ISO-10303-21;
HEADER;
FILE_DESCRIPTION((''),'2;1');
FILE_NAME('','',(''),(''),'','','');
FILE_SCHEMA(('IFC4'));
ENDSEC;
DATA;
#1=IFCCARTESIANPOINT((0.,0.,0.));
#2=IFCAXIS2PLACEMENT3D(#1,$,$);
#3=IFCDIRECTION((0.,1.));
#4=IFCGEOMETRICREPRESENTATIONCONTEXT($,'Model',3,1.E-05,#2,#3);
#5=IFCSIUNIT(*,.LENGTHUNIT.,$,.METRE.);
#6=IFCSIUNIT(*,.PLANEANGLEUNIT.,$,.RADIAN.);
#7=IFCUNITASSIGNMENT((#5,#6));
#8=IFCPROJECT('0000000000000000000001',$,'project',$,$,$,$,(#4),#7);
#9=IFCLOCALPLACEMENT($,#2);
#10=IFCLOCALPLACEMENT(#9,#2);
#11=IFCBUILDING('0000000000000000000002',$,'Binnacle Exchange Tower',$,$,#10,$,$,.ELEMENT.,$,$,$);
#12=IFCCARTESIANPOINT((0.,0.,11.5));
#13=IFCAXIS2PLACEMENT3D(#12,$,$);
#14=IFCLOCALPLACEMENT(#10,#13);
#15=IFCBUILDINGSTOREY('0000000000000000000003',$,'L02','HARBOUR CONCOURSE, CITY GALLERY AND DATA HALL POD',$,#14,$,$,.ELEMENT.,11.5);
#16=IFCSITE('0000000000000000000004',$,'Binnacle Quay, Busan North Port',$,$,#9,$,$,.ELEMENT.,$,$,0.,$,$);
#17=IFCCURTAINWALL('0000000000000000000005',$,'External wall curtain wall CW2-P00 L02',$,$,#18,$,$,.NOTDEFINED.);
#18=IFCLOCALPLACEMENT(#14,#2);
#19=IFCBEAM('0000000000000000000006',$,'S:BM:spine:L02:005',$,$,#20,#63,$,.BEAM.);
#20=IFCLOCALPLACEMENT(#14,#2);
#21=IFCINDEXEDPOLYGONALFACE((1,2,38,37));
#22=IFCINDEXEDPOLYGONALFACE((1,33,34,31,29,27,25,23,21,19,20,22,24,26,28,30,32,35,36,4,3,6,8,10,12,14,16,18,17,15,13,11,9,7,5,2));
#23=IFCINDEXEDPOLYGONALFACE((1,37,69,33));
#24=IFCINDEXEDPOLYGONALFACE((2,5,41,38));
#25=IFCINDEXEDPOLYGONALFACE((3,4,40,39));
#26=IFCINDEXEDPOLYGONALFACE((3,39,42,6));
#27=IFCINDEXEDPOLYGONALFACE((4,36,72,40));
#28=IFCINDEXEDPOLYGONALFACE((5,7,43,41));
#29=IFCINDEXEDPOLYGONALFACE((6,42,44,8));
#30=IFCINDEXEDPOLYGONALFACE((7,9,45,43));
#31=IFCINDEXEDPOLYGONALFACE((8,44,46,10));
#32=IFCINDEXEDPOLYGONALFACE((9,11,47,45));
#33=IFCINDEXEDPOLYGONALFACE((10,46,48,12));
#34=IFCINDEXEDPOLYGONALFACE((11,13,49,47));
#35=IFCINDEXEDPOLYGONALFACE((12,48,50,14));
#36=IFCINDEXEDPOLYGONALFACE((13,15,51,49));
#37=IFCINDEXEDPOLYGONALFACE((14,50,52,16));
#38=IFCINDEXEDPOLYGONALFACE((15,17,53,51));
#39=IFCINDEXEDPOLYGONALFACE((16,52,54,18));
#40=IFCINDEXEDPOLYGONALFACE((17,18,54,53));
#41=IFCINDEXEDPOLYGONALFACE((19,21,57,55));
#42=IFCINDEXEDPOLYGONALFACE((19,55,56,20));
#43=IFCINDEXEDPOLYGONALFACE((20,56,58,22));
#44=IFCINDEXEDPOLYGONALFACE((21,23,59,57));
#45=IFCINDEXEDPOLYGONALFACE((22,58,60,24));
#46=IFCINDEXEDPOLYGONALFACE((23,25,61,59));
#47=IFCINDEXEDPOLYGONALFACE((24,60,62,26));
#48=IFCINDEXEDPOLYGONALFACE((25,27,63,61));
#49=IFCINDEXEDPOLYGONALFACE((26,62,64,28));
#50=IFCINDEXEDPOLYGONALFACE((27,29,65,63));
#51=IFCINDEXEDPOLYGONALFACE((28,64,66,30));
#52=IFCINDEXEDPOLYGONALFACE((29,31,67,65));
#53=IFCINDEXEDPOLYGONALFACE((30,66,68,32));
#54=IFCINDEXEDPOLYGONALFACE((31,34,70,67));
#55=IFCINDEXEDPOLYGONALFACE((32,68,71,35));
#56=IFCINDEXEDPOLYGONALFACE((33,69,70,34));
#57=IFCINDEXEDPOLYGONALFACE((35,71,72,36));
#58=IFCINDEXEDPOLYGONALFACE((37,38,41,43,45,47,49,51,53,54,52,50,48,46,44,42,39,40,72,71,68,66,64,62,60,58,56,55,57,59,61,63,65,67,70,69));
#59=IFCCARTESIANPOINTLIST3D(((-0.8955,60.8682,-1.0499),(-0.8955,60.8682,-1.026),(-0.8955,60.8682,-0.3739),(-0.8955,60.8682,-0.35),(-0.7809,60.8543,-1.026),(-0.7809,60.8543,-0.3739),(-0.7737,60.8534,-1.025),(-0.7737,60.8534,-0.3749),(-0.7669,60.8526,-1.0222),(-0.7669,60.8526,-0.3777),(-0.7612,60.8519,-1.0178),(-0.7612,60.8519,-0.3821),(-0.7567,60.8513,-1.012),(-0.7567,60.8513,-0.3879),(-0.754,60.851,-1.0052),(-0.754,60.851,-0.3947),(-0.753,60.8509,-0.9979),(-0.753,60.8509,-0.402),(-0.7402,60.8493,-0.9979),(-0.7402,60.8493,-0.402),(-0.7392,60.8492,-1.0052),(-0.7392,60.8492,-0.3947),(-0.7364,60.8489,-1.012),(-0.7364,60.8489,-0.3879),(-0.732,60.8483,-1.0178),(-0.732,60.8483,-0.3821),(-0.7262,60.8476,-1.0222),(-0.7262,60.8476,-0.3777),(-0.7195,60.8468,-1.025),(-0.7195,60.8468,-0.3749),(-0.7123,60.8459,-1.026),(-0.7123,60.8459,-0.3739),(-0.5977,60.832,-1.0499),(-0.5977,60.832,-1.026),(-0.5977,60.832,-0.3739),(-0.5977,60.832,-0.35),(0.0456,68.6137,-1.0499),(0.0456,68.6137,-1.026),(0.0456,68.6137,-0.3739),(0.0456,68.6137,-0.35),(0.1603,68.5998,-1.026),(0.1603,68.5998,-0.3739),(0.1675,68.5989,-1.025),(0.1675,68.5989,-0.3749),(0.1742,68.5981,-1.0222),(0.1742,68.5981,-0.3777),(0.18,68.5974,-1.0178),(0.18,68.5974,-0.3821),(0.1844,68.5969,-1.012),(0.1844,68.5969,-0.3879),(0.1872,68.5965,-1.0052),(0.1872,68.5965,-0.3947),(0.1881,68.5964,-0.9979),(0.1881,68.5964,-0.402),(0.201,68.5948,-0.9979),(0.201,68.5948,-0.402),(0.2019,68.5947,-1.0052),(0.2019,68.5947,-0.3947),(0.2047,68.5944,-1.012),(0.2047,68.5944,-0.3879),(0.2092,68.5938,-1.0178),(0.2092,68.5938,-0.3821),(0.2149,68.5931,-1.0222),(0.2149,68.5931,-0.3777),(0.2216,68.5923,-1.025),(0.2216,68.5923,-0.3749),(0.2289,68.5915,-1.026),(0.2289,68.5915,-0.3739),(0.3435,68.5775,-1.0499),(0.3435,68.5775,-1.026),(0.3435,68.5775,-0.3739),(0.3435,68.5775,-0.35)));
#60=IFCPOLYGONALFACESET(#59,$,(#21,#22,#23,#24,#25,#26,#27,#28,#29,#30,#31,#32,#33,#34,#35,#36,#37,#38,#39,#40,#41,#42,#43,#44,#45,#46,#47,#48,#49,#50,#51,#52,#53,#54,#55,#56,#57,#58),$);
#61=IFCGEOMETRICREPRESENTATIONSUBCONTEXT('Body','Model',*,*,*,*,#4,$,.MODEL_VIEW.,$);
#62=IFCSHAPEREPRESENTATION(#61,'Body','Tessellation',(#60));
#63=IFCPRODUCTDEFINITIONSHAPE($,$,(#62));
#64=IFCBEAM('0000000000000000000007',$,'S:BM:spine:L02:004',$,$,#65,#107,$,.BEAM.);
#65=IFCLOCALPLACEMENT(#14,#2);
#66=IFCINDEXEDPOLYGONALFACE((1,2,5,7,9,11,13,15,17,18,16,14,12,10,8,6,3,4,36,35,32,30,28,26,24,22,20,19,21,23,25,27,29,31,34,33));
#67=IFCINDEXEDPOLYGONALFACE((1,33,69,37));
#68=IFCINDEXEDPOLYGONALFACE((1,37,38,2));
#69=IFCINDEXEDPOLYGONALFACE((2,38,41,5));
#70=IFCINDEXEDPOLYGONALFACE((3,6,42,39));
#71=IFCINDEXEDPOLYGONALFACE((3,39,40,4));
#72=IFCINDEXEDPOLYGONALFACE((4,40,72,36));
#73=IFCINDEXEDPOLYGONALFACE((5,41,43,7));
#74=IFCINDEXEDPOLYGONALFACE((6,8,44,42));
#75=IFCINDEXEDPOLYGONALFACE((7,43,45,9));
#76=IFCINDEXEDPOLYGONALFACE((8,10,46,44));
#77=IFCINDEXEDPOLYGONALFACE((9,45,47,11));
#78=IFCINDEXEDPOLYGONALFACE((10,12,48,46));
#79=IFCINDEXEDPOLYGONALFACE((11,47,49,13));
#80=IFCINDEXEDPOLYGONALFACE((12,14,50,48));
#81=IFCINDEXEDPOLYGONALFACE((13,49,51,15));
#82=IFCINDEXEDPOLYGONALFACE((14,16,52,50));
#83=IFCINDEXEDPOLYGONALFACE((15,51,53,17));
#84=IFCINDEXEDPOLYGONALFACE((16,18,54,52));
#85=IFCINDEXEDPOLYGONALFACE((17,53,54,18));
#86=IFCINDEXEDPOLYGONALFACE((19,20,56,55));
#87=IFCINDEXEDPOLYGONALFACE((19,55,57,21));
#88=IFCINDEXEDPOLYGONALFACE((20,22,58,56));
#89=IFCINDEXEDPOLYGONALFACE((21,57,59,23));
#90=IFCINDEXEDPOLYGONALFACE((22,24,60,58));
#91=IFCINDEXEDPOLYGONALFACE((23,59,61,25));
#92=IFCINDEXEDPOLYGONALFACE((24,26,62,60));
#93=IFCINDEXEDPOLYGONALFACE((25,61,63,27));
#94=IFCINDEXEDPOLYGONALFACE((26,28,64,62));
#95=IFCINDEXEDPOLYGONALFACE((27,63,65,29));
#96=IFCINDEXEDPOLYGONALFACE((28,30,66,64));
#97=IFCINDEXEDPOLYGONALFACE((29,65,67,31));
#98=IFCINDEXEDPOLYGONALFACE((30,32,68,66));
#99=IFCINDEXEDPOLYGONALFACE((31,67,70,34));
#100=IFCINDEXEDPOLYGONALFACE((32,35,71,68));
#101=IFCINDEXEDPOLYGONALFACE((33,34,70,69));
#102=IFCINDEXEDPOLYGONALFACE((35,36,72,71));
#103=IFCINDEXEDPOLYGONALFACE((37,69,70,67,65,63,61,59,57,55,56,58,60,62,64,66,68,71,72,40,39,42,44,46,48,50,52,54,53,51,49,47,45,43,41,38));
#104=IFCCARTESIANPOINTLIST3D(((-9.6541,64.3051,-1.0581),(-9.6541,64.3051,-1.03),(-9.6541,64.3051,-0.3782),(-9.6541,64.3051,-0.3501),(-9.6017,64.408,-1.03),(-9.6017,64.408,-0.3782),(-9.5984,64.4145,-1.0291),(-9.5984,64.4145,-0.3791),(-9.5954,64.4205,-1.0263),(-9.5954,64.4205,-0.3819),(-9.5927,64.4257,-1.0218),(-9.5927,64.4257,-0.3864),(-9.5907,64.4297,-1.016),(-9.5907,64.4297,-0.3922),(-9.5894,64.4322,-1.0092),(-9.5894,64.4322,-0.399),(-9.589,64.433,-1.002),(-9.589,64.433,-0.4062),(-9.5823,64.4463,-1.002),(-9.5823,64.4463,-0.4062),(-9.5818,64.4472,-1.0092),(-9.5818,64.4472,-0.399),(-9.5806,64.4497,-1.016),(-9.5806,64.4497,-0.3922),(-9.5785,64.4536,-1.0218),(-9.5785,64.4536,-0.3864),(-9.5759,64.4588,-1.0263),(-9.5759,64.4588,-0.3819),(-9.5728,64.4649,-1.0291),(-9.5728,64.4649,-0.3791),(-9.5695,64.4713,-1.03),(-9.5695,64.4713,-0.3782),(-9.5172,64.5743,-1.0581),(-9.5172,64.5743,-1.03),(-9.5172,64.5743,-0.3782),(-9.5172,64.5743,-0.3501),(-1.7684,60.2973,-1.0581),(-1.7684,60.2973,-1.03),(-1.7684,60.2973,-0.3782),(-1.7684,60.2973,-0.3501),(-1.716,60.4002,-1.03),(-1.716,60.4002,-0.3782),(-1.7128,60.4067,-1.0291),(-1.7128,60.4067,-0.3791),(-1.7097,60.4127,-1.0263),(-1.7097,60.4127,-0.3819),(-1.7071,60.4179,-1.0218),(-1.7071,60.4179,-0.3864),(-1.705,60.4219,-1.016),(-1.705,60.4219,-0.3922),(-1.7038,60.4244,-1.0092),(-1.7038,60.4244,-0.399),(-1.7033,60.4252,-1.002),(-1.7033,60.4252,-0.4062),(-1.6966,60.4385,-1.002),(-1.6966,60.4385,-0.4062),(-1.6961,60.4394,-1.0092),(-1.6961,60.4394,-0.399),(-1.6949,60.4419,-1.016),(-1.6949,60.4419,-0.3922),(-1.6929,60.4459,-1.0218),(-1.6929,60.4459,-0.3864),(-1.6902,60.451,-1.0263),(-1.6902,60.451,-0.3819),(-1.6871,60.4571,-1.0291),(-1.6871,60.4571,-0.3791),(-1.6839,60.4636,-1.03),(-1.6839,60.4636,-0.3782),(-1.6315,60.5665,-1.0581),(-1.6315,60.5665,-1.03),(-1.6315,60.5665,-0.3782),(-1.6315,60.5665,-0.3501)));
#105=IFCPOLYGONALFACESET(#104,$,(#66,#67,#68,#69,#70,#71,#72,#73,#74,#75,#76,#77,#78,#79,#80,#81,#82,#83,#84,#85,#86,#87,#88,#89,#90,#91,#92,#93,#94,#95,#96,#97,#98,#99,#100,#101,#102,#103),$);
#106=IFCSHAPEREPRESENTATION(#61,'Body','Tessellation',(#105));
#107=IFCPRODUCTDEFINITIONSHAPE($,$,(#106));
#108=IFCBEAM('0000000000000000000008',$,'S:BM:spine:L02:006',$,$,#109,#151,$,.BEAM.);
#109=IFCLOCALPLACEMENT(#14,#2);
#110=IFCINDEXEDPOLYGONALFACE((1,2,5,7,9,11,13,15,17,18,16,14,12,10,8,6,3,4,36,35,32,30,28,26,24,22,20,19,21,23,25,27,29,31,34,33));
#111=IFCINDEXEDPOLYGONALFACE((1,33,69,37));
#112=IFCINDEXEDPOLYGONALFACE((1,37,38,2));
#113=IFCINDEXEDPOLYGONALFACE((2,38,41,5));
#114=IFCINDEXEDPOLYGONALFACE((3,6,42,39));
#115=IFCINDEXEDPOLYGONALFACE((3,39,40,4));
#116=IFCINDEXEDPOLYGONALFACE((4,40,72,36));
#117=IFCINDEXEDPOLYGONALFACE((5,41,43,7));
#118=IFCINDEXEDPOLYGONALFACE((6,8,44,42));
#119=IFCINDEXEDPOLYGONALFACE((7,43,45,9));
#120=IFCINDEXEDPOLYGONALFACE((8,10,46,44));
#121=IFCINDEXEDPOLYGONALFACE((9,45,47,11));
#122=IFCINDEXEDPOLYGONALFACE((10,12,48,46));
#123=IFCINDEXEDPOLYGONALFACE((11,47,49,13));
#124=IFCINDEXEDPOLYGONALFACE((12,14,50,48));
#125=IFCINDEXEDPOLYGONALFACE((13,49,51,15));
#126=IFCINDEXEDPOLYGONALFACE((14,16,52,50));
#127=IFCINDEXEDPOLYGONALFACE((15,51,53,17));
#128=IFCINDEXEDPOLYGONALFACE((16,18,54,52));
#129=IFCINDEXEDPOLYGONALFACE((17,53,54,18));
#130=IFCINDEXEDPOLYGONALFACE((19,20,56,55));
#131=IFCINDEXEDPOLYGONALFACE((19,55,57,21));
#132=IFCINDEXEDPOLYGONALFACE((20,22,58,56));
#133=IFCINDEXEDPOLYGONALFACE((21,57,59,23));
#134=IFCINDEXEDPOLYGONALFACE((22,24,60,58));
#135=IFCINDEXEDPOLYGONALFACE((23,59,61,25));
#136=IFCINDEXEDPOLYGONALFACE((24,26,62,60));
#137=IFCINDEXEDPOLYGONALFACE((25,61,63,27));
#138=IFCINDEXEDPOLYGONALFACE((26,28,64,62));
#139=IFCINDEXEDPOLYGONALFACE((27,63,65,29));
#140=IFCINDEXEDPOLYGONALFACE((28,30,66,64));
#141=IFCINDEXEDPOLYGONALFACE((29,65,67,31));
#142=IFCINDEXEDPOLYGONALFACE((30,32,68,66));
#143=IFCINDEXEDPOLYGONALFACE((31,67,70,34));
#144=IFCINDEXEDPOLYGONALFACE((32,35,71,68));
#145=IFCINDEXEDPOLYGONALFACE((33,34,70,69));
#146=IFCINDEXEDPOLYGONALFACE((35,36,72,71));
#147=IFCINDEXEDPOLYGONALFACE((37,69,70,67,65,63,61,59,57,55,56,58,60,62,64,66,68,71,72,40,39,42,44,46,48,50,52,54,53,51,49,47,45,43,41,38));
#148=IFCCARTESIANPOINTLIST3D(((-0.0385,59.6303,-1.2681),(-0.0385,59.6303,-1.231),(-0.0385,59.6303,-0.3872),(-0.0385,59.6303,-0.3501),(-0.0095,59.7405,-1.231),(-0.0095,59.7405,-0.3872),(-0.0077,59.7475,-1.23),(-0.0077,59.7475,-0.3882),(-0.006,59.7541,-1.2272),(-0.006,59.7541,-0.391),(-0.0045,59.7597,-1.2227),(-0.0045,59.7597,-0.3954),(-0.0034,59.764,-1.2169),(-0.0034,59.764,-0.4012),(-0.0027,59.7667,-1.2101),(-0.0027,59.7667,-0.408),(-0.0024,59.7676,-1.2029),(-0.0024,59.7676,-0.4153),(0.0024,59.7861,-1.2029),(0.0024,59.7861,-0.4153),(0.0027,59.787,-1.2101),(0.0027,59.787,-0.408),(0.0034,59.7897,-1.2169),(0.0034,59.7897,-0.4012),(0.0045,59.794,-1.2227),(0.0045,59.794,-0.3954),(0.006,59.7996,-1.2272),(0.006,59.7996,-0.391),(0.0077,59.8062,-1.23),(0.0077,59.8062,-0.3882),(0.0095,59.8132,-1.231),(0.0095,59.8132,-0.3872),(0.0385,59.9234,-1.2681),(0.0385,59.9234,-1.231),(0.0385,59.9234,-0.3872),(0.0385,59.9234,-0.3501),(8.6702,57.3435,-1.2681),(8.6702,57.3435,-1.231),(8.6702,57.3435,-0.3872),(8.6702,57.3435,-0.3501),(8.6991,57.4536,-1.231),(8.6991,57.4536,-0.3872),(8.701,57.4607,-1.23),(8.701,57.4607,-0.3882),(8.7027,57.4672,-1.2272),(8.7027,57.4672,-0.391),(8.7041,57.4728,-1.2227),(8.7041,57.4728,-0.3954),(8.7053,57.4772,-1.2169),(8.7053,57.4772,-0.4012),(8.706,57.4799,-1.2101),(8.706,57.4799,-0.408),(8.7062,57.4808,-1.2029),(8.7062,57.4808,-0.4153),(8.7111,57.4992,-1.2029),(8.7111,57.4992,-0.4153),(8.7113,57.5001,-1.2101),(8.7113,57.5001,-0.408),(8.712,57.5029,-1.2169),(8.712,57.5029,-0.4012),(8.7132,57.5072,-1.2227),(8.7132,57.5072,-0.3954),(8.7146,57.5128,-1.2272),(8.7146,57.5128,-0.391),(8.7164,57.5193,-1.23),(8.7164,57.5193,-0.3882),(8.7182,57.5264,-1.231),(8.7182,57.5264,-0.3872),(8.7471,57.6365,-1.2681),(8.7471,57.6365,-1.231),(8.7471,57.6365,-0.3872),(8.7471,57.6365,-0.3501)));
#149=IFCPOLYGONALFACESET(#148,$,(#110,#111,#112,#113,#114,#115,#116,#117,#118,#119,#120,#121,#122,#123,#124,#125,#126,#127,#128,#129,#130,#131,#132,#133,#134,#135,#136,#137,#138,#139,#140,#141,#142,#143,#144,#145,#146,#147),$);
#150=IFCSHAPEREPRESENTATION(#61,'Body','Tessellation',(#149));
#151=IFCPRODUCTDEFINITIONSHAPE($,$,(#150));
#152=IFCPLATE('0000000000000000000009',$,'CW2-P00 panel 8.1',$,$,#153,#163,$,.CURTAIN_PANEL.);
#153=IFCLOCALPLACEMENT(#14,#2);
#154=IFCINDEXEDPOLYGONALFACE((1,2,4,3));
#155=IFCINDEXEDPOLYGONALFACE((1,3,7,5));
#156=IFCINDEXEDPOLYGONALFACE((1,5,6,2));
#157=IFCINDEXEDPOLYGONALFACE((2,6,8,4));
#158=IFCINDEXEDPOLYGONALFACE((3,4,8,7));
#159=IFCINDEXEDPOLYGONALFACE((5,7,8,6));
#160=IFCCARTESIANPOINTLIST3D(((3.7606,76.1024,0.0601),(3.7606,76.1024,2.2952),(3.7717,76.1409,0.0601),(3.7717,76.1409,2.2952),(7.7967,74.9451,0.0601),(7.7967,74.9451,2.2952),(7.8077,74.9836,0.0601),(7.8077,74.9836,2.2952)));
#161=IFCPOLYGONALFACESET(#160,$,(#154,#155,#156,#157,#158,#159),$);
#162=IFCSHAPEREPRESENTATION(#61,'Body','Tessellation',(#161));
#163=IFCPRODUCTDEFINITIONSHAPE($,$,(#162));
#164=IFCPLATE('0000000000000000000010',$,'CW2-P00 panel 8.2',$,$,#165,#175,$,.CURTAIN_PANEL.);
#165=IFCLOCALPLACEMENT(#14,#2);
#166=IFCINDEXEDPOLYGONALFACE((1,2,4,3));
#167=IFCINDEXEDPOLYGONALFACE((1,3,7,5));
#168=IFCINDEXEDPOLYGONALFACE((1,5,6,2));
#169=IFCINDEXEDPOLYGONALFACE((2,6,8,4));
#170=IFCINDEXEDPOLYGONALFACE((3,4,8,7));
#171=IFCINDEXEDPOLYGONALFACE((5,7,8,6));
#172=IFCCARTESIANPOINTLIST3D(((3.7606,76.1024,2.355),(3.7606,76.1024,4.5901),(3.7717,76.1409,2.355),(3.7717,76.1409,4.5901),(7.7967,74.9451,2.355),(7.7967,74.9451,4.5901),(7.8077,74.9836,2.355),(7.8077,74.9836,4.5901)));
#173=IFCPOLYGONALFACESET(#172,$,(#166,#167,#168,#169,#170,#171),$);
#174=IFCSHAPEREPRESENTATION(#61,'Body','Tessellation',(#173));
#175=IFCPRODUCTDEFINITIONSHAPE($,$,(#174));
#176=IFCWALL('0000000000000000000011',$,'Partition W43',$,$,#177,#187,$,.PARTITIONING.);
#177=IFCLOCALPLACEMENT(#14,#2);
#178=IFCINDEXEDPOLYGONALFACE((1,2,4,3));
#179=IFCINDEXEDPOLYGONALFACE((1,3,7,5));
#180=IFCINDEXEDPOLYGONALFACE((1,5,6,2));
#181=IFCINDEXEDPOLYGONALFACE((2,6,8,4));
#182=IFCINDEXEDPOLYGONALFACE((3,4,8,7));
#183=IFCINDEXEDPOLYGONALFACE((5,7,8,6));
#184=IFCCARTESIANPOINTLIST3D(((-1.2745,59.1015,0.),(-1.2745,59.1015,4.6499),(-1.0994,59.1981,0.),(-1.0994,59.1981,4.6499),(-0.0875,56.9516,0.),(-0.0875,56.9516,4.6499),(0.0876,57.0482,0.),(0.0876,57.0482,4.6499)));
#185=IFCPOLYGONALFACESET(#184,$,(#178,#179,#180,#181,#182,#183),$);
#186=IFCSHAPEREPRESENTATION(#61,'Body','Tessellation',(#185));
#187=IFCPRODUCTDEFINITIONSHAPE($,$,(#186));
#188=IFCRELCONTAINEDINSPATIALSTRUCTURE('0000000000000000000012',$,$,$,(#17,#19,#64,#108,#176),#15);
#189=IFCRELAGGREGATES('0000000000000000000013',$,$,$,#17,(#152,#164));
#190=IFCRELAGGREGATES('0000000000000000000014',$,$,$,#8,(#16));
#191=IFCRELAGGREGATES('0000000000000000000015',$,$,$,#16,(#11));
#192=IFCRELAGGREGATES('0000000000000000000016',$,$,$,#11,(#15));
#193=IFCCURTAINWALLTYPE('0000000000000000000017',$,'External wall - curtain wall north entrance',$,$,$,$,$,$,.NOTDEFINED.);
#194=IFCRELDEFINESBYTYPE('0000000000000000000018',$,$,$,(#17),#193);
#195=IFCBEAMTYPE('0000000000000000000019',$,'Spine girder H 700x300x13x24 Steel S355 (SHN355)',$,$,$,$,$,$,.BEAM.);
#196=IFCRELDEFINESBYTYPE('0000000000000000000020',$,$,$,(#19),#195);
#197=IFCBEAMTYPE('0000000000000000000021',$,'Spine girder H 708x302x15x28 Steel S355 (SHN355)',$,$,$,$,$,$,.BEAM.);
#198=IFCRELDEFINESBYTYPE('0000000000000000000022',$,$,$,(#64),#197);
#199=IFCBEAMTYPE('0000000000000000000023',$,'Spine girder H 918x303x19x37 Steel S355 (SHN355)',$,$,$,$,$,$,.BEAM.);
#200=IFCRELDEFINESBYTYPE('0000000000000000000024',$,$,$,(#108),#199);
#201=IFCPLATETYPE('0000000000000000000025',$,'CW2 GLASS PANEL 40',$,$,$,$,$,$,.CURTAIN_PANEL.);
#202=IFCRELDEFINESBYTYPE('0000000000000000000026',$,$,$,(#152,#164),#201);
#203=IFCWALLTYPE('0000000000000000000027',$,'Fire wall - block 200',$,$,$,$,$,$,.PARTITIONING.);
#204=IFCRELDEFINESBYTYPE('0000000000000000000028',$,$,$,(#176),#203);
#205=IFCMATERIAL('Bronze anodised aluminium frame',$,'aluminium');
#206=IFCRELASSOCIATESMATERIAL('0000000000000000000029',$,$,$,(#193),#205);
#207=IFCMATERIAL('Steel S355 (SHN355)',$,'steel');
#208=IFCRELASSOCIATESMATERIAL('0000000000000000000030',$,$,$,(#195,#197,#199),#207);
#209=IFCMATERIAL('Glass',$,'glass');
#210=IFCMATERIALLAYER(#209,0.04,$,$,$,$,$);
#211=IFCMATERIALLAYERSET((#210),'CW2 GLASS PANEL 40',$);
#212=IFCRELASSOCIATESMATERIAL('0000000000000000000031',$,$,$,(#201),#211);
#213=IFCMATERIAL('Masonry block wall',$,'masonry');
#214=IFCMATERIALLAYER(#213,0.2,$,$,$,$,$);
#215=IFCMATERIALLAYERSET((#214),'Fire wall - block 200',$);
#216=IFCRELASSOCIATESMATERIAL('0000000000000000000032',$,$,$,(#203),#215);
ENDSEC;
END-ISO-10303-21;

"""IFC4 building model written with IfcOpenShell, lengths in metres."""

from ifc_helpers import new_model, si_unit, direction, frame, frame_2d, origin, origin_2d, place, context, subcontext, project, spatial, rectangle, i_section, extrude, material, layer, layer_set, material_profile, profile_set, type_object, element, aggregate, save


model = new_model("IFC4")

# Units and contexts
model_context = context("Model", 3, precision=1e-05, world=origin(), true_north=direction((0.0, 1.0)))
body_context = subcontext(model_context, "Body", "Model", "MODEL_VIEW")
ifc_project = project(units=[si_unit("LENGTHUNIT", "METRE"), si_unit("PLANEANGLEUNIT", "RADIAN")], contexts=[model_context])

# Site, building, storey
site_placement = place(None, origin())
site = spatial("IfcSite", under=ifc_project, at=site_placement, Name="Binnacle Quay, Busan North Port", CompositionType="ELEMENT", RefElevation=0.0)
building_placement = place(site_placement, origin())
building = spatial("IfcBuilding", under=site, at=building_placement, Name="Binnacle Exchange Tower", CompositionType="ELEMENT")
storey_placement = place(building_placement, frame((0.0, 0.0, 11.5)))
storey = spatial("IfcBuildingStorey", under=building, at=storey_placement, Name="L02", Description="HARBOUR CONCOURSE, CITY GALLERY AND DATA HALL POD", CompositionType="ELEMENT", Elevation=11.5)

# Curtain wall
ifc_material_1 = material(Name="Bronze anodised aluminium frame", Category="aluminium")
curtain_wall_type = type_object("IfcCurtainWallType", Name="External wall - curtain wall north entrance", PredefinedType="NOTDEFINED", material=ifc_material_1)
curtain_wall_placement = place(storey_placement, origin())
curtain_wall = element("IfcCurtainWall", 1, at=curtain_wall_placement, inside=storey, type_object=curtain_wall_type, Name="External wall curtain wall CW2-P00 L02", PredefinedType="NOTDEFINED")

# Beams
ifc_material_2 = material(Name="Steel S355 (SHN355)", Category="steel")
ifc_material_profile_1 = material_profile(ifc_material_2, i_section(OverallWidth=0.3, OverallDepth=0.7, WebThickness=0.0129, FlangeThickness=0.0239, FilletRadius=0.0281, at=origin_2d()), Name="H 700x300x13x24")
ifc_profile_set_1 = profile_set([ifc_material_profile_1], Name="Steel S355 (SHN355)")
beam_type_1 = type_object("IfcBeamType", Name="Spine girder H 700x300x13x24 Steel S355 (SHN355)", PredefinedType="BEAM", material=ifc_profile_set_1)
beam_1_placement = place(storey_placement, frame((-0.7466, 60.8501, -0.7), z_axis=(0.120622, 0.992699, 0.0), x_axis=(-0.992699, 0.120622, 0.0)))
element("IfcBeam", 2, at=beam_1_placement, inside=storey, type_object=beam_type_1, Name="S:BM:spine:L02:005", PredefinedType="BEAM", context=body_context, shape_type="SweptSolid", body=[
    extrude(i_section(OverallWidth=0.3, OverallDepth=0.7, WebThickness=0.0129, FlangeThickness=0.0239, FilletRadius=0.0281, at=origin_2d()), origin(), (0.0, 0.0, 1.0), 7.8025),
])
ifc_material_profile_2 = material_profile(ifc_material_2, i_section(OverallWidth=0.302, OverallDepth=0.708, WebThickness=0.0149, FlangeThickness=0.0281, FilletRadius=0.0281, at=origin_2d()), Name="H 708x302x15x28")
ifc_profile_set_2 = profile_set([ifc_material_profile_2], Name="Steel S355 (SHN355)")
beam_type_2 = type_object("IfcBeamType", Name="Spine girder H 708x302x15x28 Steel S355 (SHN355)", PredefinedType="BEAM", material=ifc_profile_set_2)
beam_2_placement = place(storey_placement, frame((-1.7, 60.4319, -0.7041), z_axis=(-0.891471, 0.453077, 0.0), x_axis=(-0.453077, -0.891471, 0.0)))
element("IfcBeam", 3, at=beam_2_placement, inside=storey, type_object=beam_type_2, Name="S:BM:spine:L02:004", PredefinedType="BEAM", context=body_context, shape_type="SweptSolid", body=[
    extrude(i_section(OverallWidth=0.302, OverallDepth=0.708, WebThickness=0.0149, FlangeThickness=0.0281, FilletRadius=0.0281, at=origin_2d()), origin(), (0.0, 0.0, 1.0), 8.8457),
])
ifc_material_profile_3 = material_profile(ifc_material_2, i_section(OverallWidth=0.303, OverallDepth=0.918, WebThickness=0.019, FlangeThickness=0.0371, FilletRadius=0.0281, at=origin_2d()), Name="H 918x303x19x37")
ifc_profile_set_3 = profile_set([ifc_material_profile_3], Name="Steel S355 (SHN355)")
beam_type_3 = type_object("IfcBeamType", Name="Spine girder H 918x303x19x37 Steel S355 (SHN355)", PredefinedType="BEAM", material=ifc_profile_set_3)
beam_3_placement = place(storey_placement, frame((0.0, 59.7769, -0.8091), z_axis=(0.967209, -0.253983, 0.0), x_axis=(0.253983, 0.967209, 0.0)))
element("IfcBeam", 4, at=beam_3_placement, inside=storey, type_object=beam_type_3, Name="S:BM:spine:L02:006", PredefinedType="BEAM", context=body_context, shape_type="SweptSolid", body=[
    extrude(i_section(OverallWidth=0.303, OverallDepth=0.918, WebThickness=0.019, FlangeThickness=0.0371, FilletRadius=0.0281, at=origin_2d()), origin(), (0.0, 0.0, 1.0), 9.0039),
])

# Plates
ifc_material_3 = material(Name="Glass", Category="glass")
ifc_layer_1 = layer(ifc_material_3, 0.04)
ifc_layer_set_1 = layer_set([ifc_layer_1], Name="CW2 GLASS PANEL 40")
plate_type = type_object("IfcPlateType", Name="CW2 GLASS PANEL 40", PredefinedType="CURTAIN_PANEL", material=ifc_layer_set_1)
plate_1_placement = place(storey_placement, frame((5.7842, 75.543, 0.0601), z_axis=(0.0, 0.0, 1.0), x_axis=(-0.961262, 0.275637, 0.0)))
plate_1 = element("IfcPlate", 5, at=plate_1_placement, type_object=plate_type, Name="CW2-P00 panel 8.1", PredefinedType="CURTAIN_PANEL", context=body_context, shape_type="SweptSolid", body=[
    extrude(rectangle(XDim=4.1987, YDim=0.04, at=origin_2d()), origin(), (0.0, 0.0, 1.0), 2.2351),
])
plate_2_placement = place(storey_placement, frame((5.7842, 75.543, 2.355), z_axis=(0.0, 0.0, 1.0), x_axis=(-0.961262, 0.275637, 0.0)))
plate_2 = element("IfcPlate", 6, at=plate_2_placement, type_object=plate_type, Name="CW2-P00 panel 8.2", PredefinedType="CURTAIN_PANEL", context=body_context, shape_type="SweptSolid", body=[
    extrude(rectangle(XDim=4.1987, YDim=0.04, at=origin_2d()), origin(), (0.0, 0.0, 1.0), 2.2351),
])
aggregate(curtain_wall, [plate_1, plate_2])

# Wall
ifc_material_4 = material(Name="Masonry block wall", Category="masonry")
ifc_layer_2 = layer(ifc_material_4, 0.2)
ifc_layer_set_2 = layer_set([ifc_layer_2], Name="Fire wall - block 200")
wall_type_1 = type_object("IfcWallType", Name="Fire wall - block 200", PredefinedType="PARTITIONING", material=ifc_layer_set_2)
wall_1_placement = place(storey_placement, frame((-1.187, 59.1499, 0.0), z_axis=(0.0, 0.0, 1.0), x_axis=(0.483345, -0.87543, 0.0)))
element("IfcWall", 7, at=wall_1_placement, inside=storey, type_object=wall_type_1, Name="Partition W43", PredefinedType="PARTITIONING", context=body_context, shape_type="SweptSolid", body=[
    extrude(rectangle(XDim=2.4558, YDim=0.2, at=frame_2d((1.228, 0.0))), origin(), (0.0, 0.0, 1.0), 4.6499),
])

save(model, "model.ifc")
